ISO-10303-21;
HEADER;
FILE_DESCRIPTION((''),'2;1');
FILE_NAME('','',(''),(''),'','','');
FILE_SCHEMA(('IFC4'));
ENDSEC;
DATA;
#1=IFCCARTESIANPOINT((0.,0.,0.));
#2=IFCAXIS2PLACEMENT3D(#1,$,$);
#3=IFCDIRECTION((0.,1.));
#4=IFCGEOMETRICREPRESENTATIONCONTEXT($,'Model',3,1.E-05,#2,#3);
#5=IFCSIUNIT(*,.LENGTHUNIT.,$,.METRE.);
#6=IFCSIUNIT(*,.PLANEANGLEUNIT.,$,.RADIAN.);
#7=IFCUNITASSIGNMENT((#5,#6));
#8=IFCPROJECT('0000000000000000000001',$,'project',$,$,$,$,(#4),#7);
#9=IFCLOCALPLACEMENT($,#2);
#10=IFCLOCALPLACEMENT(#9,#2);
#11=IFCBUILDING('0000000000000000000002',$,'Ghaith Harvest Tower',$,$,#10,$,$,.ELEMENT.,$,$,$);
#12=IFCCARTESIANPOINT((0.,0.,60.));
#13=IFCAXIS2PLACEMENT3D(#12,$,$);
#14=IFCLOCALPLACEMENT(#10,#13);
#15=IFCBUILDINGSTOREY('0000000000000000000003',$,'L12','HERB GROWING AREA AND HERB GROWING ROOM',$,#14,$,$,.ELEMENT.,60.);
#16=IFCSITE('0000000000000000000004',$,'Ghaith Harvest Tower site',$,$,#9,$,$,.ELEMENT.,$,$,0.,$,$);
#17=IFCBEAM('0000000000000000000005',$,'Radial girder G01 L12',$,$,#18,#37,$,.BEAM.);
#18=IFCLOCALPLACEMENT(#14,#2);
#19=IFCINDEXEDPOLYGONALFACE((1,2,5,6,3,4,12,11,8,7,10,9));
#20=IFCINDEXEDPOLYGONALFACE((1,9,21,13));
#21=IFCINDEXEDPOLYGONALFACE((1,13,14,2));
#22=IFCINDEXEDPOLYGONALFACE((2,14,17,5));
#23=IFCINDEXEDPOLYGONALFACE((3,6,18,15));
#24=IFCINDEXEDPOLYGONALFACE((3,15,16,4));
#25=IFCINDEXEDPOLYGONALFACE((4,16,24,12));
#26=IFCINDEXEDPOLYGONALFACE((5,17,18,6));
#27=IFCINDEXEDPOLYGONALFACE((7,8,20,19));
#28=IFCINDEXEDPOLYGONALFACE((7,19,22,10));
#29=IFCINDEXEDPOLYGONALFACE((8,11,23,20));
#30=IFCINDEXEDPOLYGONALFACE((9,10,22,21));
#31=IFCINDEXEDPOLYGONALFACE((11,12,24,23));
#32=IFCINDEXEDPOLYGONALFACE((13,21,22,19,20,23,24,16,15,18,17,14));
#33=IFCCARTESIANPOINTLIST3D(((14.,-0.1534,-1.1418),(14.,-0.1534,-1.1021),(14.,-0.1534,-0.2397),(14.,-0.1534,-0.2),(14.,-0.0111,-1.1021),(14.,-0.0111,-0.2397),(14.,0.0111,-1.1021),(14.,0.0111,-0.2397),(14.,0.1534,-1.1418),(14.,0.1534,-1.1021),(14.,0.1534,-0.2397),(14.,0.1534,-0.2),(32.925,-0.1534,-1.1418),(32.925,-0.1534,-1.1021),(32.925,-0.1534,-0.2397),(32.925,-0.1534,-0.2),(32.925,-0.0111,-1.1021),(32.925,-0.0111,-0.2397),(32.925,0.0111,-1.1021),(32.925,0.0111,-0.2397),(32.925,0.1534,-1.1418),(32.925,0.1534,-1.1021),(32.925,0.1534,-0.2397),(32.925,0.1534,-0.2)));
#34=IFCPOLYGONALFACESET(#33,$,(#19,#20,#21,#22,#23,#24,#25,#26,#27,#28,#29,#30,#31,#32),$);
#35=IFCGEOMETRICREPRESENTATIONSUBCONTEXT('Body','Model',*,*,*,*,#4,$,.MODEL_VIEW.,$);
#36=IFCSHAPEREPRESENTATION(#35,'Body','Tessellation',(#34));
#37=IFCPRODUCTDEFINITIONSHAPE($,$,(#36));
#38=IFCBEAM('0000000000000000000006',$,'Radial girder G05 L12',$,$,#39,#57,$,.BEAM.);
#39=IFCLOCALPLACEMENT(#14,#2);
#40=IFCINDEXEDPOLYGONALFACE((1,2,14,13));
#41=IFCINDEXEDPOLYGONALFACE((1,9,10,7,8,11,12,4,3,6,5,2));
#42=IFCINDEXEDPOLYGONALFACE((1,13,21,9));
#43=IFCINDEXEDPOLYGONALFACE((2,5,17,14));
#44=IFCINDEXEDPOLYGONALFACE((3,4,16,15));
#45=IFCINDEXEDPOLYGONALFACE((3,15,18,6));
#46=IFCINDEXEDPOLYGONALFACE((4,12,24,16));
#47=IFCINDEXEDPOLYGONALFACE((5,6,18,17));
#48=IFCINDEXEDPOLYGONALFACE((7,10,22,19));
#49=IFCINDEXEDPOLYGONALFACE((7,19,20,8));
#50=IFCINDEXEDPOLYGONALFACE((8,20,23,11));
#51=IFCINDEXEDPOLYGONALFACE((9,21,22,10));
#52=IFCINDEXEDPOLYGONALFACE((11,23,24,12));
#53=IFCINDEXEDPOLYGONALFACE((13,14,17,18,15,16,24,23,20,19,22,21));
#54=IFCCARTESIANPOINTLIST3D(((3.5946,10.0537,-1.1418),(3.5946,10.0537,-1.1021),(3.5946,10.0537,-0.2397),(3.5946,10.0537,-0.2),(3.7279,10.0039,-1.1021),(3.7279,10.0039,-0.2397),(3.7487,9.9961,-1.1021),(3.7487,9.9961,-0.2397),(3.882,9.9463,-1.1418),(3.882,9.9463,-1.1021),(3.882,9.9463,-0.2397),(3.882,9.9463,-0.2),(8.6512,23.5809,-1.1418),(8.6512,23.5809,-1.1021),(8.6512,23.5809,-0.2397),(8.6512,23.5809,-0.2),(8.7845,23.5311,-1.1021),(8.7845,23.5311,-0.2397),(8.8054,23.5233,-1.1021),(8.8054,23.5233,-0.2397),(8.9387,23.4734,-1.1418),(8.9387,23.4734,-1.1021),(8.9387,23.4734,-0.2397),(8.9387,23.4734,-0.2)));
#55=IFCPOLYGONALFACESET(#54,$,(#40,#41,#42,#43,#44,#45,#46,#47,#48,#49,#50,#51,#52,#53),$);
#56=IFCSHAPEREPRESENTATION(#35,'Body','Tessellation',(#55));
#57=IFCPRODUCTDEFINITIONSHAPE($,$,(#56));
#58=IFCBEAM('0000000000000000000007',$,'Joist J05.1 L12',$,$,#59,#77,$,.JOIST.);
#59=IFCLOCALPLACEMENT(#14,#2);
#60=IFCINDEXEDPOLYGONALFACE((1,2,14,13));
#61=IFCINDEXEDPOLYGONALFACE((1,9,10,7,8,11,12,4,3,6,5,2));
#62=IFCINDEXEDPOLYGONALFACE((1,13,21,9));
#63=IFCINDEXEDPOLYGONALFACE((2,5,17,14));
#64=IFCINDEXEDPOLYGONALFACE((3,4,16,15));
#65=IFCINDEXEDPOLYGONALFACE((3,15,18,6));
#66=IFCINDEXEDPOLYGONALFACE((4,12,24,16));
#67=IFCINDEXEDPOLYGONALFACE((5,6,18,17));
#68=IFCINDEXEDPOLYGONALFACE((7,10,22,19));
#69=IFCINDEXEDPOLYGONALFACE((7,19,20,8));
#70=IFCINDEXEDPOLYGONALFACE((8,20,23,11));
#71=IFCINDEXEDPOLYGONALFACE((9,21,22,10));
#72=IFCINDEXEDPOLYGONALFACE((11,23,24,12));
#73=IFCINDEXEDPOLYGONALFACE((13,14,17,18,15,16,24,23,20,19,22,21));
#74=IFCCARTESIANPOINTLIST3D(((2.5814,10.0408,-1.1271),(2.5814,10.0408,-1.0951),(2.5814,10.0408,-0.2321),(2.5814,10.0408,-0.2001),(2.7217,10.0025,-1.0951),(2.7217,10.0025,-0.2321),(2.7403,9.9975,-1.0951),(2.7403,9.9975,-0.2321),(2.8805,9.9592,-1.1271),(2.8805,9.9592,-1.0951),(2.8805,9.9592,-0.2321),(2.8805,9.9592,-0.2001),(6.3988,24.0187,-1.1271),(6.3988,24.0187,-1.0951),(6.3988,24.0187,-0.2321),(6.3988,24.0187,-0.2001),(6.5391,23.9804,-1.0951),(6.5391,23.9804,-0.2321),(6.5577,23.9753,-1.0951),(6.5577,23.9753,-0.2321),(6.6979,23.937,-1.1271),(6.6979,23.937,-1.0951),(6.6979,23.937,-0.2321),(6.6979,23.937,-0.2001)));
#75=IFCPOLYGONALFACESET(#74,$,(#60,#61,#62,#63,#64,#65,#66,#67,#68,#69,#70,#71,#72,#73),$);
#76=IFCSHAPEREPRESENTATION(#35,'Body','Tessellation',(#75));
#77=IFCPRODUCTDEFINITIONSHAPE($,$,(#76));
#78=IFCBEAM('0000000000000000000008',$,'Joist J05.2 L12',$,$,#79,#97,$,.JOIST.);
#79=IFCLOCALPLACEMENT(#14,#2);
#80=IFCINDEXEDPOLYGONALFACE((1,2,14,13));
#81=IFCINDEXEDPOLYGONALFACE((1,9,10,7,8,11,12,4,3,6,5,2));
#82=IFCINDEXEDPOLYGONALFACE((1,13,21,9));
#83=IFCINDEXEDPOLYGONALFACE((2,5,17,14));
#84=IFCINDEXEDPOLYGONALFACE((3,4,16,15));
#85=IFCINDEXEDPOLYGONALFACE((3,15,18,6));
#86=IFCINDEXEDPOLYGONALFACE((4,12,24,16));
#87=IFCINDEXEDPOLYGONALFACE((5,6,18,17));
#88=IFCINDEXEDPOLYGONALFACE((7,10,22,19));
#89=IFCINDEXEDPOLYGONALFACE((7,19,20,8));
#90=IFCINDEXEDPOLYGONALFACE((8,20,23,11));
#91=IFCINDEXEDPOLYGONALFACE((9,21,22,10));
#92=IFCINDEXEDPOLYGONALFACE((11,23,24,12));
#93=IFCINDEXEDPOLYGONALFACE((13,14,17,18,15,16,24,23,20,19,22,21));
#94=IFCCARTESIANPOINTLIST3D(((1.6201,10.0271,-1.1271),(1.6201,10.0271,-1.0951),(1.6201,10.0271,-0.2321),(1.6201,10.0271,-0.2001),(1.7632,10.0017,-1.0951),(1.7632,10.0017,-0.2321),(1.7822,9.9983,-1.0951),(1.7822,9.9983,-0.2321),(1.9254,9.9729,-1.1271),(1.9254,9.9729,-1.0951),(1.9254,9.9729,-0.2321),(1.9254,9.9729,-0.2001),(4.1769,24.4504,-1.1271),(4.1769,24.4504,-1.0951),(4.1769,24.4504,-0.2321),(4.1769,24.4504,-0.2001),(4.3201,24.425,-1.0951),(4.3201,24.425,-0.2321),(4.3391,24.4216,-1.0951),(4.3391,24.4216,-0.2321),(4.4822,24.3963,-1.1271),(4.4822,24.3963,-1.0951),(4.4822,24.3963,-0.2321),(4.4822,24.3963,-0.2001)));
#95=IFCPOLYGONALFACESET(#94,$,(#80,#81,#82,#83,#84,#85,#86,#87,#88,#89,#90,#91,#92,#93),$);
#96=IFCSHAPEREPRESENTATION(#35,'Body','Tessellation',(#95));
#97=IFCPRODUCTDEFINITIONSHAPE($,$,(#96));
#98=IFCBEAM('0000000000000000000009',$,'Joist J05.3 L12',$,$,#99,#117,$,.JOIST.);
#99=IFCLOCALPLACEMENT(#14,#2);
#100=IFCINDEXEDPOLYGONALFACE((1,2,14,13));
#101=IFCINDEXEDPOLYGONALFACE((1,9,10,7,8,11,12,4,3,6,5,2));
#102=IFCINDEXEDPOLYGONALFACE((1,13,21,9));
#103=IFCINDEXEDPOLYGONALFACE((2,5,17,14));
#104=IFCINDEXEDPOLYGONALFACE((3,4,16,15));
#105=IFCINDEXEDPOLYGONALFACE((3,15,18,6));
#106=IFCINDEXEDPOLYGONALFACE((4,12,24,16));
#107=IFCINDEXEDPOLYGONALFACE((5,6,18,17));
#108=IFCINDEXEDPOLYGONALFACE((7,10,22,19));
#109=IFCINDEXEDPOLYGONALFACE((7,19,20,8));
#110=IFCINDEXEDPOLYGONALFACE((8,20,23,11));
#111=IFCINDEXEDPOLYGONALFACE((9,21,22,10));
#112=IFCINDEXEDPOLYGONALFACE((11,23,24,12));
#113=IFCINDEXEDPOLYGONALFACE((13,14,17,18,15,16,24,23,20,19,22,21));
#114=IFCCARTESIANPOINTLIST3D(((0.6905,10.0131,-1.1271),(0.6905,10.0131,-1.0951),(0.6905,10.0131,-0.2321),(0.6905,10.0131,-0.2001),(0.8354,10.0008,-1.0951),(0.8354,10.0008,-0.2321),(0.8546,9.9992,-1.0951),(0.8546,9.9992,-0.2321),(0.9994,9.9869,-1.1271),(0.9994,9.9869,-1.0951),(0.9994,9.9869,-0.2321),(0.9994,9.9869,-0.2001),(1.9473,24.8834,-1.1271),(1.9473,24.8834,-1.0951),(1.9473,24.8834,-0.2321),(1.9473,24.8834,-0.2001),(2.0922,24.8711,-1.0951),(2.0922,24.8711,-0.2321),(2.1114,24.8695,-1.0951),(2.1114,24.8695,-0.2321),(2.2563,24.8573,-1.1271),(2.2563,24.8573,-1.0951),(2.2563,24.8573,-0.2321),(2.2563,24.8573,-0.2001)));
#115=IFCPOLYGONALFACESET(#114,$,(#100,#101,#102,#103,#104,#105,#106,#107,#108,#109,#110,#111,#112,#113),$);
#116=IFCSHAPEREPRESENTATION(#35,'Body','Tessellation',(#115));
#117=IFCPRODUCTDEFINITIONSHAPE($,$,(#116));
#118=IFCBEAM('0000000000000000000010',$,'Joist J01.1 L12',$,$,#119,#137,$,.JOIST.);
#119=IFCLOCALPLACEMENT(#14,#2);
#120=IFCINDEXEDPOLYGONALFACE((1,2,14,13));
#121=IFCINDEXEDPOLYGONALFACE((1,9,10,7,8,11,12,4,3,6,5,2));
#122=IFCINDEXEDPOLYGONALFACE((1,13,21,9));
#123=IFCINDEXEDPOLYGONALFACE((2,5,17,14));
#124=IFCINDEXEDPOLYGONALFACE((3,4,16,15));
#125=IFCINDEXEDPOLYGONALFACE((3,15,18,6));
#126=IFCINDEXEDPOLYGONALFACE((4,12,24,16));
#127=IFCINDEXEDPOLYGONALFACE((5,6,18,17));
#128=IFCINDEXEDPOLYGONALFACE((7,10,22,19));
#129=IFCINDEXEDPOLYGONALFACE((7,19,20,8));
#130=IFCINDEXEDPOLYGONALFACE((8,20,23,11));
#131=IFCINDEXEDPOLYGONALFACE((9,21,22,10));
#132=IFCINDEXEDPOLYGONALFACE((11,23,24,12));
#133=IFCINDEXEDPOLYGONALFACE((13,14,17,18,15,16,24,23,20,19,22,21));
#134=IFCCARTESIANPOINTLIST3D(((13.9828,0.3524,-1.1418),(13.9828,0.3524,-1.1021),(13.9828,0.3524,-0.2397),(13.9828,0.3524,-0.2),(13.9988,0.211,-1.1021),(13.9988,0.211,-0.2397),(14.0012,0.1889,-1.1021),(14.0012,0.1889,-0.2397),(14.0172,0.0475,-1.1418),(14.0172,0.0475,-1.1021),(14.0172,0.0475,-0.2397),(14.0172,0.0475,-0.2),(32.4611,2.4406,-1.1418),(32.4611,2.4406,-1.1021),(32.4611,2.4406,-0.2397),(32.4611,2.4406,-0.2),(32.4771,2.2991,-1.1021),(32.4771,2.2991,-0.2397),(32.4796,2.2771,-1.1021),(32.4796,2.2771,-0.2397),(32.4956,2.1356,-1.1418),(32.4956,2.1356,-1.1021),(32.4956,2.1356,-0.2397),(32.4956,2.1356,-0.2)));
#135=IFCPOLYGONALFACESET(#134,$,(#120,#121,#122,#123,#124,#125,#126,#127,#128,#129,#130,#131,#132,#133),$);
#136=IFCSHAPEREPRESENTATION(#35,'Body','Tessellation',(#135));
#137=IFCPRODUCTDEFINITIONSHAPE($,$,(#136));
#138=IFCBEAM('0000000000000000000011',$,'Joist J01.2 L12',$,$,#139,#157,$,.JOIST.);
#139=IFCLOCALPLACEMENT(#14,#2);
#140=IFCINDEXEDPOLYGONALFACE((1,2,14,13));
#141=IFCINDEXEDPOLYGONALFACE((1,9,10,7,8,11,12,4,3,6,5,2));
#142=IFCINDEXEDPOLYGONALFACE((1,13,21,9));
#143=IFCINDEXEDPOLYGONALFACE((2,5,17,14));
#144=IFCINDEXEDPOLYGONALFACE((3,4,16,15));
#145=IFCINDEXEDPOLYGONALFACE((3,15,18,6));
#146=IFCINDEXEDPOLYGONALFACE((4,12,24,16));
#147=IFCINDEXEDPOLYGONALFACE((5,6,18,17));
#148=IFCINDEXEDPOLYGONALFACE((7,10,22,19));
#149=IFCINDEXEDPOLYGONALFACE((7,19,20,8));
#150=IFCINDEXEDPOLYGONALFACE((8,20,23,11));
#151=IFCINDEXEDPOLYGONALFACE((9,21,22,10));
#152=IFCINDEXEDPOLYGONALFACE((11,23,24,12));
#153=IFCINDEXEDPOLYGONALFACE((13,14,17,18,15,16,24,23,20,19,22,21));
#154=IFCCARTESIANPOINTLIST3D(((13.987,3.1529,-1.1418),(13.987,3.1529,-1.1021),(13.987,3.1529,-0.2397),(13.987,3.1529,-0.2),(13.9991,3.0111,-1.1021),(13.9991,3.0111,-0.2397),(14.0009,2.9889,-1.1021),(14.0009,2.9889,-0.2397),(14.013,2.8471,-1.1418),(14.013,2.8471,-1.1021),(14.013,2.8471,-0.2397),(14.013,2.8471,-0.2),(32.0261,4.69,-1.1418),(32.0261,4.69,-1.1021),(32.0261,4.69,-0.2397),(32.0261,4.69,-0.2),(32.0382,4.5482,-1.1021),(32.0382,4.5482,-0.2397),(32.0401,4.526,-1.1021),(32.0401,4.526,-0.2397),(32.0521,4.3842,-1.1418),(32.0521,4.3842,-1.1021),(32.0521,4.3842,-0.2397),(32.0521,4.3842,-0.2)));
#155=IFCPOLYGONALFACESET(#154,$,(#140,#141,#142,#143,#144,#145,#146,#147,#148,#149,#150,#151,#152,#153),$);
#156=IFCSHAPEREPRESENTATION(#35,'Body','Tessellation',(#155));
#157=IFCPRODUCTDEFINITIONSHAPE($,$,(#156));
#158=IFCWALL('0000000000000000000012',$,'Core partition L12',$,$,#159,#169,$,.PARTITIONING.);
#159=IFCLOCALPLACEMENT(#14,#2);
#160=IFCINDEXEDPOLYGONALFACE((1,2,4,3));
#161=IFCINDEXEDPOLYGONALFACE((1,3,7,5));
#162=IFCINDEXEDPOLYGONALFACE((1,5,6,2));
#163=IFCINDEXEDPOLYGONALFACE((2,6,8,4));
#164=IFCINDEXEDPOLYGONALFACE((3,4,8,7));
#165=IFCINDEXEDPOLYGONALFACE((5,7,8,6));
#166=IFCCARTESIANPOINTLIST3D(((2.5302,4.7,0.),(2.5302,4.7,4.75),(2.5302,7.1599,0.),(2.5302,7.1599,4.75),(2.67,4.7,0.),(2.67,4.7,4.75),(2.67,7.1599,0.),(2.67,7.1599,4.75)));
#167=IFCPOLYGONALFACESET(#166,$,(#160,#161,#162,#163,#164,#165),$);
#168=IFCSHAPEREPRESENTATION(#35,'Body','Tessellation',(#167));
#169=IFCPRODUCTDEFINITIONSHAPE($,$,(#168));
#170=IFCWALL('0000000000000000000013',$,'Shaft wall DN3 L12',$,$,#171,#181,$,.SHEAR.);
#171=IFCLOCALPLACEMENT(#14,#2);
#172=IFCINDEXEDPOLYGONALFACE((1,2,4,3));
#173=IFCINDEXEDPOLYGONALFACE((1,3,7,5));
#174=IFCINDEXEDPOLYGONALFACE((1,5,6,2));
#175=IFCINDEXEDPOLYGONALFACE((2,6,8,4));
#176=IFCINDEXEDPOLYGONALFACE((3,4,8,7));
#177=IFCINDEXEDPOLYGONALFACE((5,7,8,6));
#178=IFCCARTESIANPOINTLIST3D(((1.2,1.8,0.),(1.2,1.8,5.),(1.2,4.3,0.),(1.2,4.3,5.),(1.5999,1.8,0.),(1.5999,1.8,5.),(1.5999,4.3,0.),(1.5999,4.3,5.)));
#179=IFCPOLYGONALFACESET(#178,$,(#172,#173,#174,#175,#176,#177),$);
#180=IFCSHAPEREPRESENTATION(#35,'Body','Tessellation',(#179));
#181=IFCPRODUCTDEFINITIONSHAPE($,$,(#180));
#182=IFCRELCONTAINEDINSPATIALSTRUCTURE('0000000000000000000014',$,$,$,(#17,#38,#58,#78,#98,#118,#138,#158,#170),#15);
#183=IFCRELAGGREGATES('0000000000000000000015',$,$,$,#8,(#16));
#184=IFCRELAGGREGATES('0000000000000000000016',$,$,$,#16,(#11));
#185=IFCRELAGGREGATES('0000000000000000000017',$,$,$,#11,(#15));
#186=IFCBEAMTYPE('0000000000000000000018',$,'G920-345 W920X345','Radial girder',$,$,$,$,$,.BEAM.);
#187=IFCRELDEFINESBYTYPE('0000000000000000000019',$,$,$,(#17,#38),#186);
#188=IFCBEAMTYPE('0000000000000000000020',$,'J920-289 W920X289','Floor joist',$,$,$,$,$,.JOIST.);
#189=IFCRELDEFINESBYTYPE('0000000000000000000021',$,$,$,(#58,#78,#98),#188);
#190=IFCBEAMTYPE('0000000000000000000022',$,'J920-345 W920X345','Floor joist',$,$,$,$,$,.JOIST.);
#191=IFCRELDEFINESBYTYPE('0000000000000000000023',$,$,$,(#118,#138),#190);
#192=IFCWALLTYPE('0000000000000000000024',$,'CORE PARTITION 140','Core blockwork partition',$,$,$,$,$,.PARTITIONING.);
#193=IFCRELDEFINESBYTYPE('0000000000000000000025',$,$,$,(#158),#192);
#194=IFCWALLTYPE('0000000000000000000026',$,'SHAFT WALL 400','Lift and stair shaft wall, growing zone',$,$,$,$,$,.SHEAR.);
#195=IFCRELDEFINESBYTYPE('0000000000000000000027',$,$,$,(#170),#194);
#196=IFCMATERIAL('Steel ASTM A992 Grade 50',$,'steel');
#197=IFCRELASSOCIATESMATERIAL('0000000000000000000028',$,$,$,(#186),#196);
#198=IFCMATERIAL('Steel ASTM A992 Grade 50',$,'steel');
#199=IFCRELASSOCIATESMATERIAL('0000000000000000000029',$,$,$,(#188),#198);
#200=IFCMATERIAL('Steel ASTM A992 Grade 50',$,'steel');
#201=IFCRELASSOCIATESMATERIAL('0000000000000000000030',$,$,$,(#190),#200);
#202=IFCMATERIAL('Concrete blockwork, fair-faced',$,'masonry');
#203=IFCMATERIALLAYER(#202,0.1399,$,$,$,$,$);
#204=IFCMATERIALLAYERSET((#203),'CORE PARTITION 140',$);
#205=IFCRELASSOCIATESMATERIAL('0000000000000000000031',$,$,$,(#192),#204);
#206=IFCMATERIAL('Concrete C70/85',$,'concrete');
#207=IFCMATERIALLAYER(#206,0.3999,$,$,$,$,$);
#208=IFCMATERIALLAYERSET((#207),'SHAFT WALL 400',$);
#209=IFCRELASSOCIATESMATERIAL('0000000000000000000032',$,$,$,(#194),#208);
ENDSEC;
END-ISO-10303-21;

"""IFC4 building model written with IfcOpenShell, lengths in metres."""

from ifc_helpers import new_model, si_unit, direction, frame, frame_2d, origin, origin_2d, place, context, subcontext, project, spatial, rectangle, i_section, extrude, material, layer, layer_set, material_profile, profile_set, type_object, element, save


model = new_model("IFC4")

# Units and contexts
model_context = context("Model", 3, precision=1e-05, world=origin(), true_north=direction((0.0, 1.0)))
body_context = subcontext(model_context, "Body", "Model", "MODEL_VIEW")
ifc_project = project(units=[si_unit("LENGTHUNIT", "METRE"), si_unit("PLANEANGLEUNIT", "RADIAN")], contexts=[model_context])

# Site, building, storey
site_placement = place(None, origin())
site = spatial("IfcSite", under=ifc_project, at=site_placement, Name="Ghaith Harvest Tower site", CompositionType="ELEMENT", RefElevation=0.0)
building_placement = place(site_placement, origin())
building = spatial("IfcBuilding", under=site, at=building_placement, Name="Ghaith Harvest Tower", CompositionType="ELEMENT")
storey_placement = place(building_placement, frame((0.0, 0.0, 60.0)))
storey = spatial("IfcBuildingStorey", under=building, at=storey_placement, Name="L12", Description="HERB GROWING AREA AND HERB GROWING ROOM", CompositionType="ELEMENT", Elevation=60.0)

# Beams
ifc_material_1 = material(Name="Steel ASTM A992 Grade 50", Category="steel")
ifc_material_profile_1 = material_profile(ifc_material_1, i_section(OverallWidth=0.3069, OverallDepth=0.9419, WebThickness=0.0222, FlangeThickness=0.0398, at=origin_2d()), Name="W920X345")
ifc_profile_set_1 = profile_set([ifc_material_profile_1], Name="Steel ASTM A992 Grade 50")
beam_type_1 = type_object("IfcBeamType", Name="G920-345 W920X345", Description="Radial girder", PredefinedType="BEAM", material=ifc_profile_set_1)
beam_1_placement = place(storey_placement, frame((14.0, 0.0, -0.6709), z_axis=(1.0, 0.0, 0.0), x_axis=(0.0, 1.0, 0.0)))
element("IfcBeam", 1, at=beam_1_placement, inside=storey, type_object=beam_type_1, Name="Radial girder G01 L12", PredefinedType="BEAM", context=body_context, shape_type="SweptSolid", body=[
    extrude(i_section(OverallWidth=0.3069, OverallDepth=0.9419, WebThickness=0.0222, FlangeThickness=0.0398, at=origin_2d()), origin(), (0.0, 0.0, 1.0), 18.925),
])
beam_2_placement = place(storey_placement, frame((3.7383, 10.0, -0.6709), z_axis=(0.350151, 0.936693, 0.0), x_axis=(-0.936693, 0.350151, 0.0)))
element("IfcBeam", 2, at=beam_2_placement, inside=storey, type_object=beam_type_1, Name="Radial girder G05 L12", PredefinedType="BEAM", context=body_context, shape_type="SweptSolid", body=[
    extrude(i_section(OverallWidth=0.3069, OverallDepth=0.9419, WebThickness=0.0222, FlangeThickness=0.0398, at=origin_2d()), origin(), (0.0, 0.0, 1.0), 14.4414),
])
ifc_material_2 = material(Name="Steel ASTM A992 Grade 50", Category="steel")
ifc_material_profile_2 = material_profile(ifc_material_2, i_section(OverallWidth=0.3101, OverallDepth=0.927, WebThickness=0.0193, FlangeThickness=0.032, at=origin_2d()), Name="W920X289")
ifc_profile_set_2 = profile_set([ifc_material_profile_2], Name="Steel ASTM A992 Grade 50")
beam_type_2 = type_object("IfcBeamType", Name="J920-289 W920X289", Description="Floor joist", PredefinedType="JOIST", material=ifc_profile_set_2)
beam_3_placement = place(storey_placement, frame((2.731, 10.0, -0.6636), z_axis=(0.263455, 0.964672, 0.0), x_axis=(-0.964672, 0.263455, 0.0)))
element("IfcBeam", 3, at=beam_3_placement, inside=storey, type_object=beam_type_2, Name="Joist J05.1 L12", PredefinedType="JOIST", context=body_context, shape_type="SweptSolid", body=[
    extrude(i_section(OverallWidth=0.3101, OverallDepth=0.927, WebThickness=0.0193, FlangeThickness=0.032, at=origin_2d()), origin(), (0.0, 0.0, 1.0), 14.4897),
])
beam_4_placement = place(storey_placement, frame((1.7727, 10.0, -0.6636), z_axis=(0.174553, 0.984648, 0.0), x_axis=(-0.984648, 0.174553, 0.0)))
element("IfcBeam", 4, at=beam_4_placement, inside=storey, type_object=beam_type_2, Name="Joist J05.2 L12", PredefinedType="JOIST", context=body_context, shape_type="SweptSolid", body=[
    extrude(i_section(OverallWidth=0.3101, OverallDepth=0.927, WebThickness=0.0193, FlangeThickness=0.032, at=origin_2d()), origin(), (0.0, 0.0, 1.0), 14.6482),
])
beam_5_placement = place(storey_placement, frame((0.845, 10.0, -0.6636), z_axis=(0.084219, 0.996447, 0.0), x_axis=(-0.996447, 0.084219, 0.0)))
element("IfcBeam", 5, at=beam_5_placement, inside=storey, type_object=beam_type_2, Name="Joist J05.3 L12", PredefinedType="JOIST", context=body_context, shape_type="SweptSolid", body=[
    extrude(i_section(OverallWidth=0.3101, OverallDepth=0.927, WebThickness=0.0193, FlangeThickness=0.032, at=origin_2d()), origin(), (0.0, 0.0, 1.0), 14.9233),
])
ifc_material_3 = material(Name="Steel ASTM A992 Grade 50", Category="steel")
ifc_material_profile_3 = material_profile(ifc_material_3, i_section(OverallWidth=0.3069, OverallDepth=0.9419, WebThickness=0.0222, FlangeThickness=0.0398, at=origin_2d()), Name="W920X345")
ifc_profile_set_3 = profile_set([ifc_material_profile_3], Name="Steel ASTM A992 Grade 50")
beam_type_3 = type_object("IfcBeamType", Name="J920-345 W920X345", Description="Floor joist", PredefinedType="JOIST", material=ifc_profile_set_3)
beam_6_placement = place(storey_placement, frame((14.0, 0.2, -0.6709), z_axis=(0.993675, 0.11229, 0.0), x_axis=(-0.11229, 0.993675, 0.0)))
element("IfcBeam", 6, at=beam_6_placement, inside=storey, type_object=beam_type_3, Name="Joist J01.1 L12", PredefinedType="JOIST", context=body_context, shape_type="SweptSolid", body=[
    extrude(i_section(OverallWidth=0.3069, OverallDepth=0.9419, WebThickness=0.0222, FlangeThickness=0.0398, at=origin_2d()), origin(), (0.0, 0.0, 1.0), 18.5959),
])
beam_7_placement = place(storey_placement, frame((14.0, 3.0, -0.6709), z_axis=(0.996389, 0.084902, 0.0), x_axis=(-0.084902, 0.996389, 0.0)))
element("IfcBeam", 7, at=beam_7_placement, inside=storey, type_object=beam_type_3, Name="Joist J01.2 L12", PredefinedType="JOIST", context=body_context, shape_type="SweptSolid", body=[
    extrude(i_section(OverallWidth=0.3069, OverallDepth=0.9419, WebThickness=0.0222, FlangeThickness=0.0398, at=origin_2d()), origin(), (0.0, 0.0, 1.0), 18.1045),
])

# Wall
ifc_material_4 = material(Name="Concrete blockwork, fair-faced", Category="masonry")
ifc_layer_1 = layer(ifc_material_4, 0.1399)
ifc_layer_set_1 = layer_set([ifc_layer_1], Name="CORE PARTITION 140")
wall_type_1 = type_object("IfcWallType", Name="CORE PARTITION 140", Description="Core blockwork partition", PredefinedType="PARTITIONING", material=ifc_layer_set_1)
wall_1_placement = place(storey_placement, frame((2.6001, 4.7, 0.0), z_axis=(0.0, 0.0, 1.0), x_axis=(0.0, 1.0, 0.0)))
element("IfcWall", 8, at=wall_1_placement, inside=storey, type_object=wall_type_1, Name="Core partition L12", PredefinedType="PARTITIONING", context=body_context, shape_type="SweptSolid", body=[
    extrude(rectangle(XDim=2.46, YDim=0.1399, at=frame_2d((1.23, 0.0))), origin(), (0.0, 0.0, 1.0), 4.75),
])

# Shared definitions
ifc_material_5 = material(Name="Concrete C70/85", Category="concrete")
ifc_layer_2 = layer(ifc_material_5, 0.3999)
ifc_layer_set_2 = layer_set([ifc_layer_2], Name="SHAFT WALL 400")
wall_type_2 = type_object("IfcWallType", Name="SHAFT WALL 400", Description="Lift and stair shaft wall, growing zone", PredefinedType="SHEAR", material=ifc_layer_set_2)

# Wall
for number, where, z_axis, x_axis, name in (
    (9, (1.3999, 1.8, 0.0), (0.0, 0.0, 1.0), (0.0, 1.0, 0.0), "Shaft wall DN3 L12"),
):
    element("IfcWall", number, at=place(storey_placement, frame(where, z_axis=z_axis, x_axis=x_axis)), inside=storey, type_object=wall_type_2, Name=name, PredefinedType="SHEAR", context=body_context, shape_type="SweptSolid", body=[
        extrude(rectangle(XDim=2.5, YDim=0.3999, at=frame_2d((1.25, 0.0))), origin(), (0.0, 0.0, 1.0), 5.0),
    ])

save(model, "model.ifc")
